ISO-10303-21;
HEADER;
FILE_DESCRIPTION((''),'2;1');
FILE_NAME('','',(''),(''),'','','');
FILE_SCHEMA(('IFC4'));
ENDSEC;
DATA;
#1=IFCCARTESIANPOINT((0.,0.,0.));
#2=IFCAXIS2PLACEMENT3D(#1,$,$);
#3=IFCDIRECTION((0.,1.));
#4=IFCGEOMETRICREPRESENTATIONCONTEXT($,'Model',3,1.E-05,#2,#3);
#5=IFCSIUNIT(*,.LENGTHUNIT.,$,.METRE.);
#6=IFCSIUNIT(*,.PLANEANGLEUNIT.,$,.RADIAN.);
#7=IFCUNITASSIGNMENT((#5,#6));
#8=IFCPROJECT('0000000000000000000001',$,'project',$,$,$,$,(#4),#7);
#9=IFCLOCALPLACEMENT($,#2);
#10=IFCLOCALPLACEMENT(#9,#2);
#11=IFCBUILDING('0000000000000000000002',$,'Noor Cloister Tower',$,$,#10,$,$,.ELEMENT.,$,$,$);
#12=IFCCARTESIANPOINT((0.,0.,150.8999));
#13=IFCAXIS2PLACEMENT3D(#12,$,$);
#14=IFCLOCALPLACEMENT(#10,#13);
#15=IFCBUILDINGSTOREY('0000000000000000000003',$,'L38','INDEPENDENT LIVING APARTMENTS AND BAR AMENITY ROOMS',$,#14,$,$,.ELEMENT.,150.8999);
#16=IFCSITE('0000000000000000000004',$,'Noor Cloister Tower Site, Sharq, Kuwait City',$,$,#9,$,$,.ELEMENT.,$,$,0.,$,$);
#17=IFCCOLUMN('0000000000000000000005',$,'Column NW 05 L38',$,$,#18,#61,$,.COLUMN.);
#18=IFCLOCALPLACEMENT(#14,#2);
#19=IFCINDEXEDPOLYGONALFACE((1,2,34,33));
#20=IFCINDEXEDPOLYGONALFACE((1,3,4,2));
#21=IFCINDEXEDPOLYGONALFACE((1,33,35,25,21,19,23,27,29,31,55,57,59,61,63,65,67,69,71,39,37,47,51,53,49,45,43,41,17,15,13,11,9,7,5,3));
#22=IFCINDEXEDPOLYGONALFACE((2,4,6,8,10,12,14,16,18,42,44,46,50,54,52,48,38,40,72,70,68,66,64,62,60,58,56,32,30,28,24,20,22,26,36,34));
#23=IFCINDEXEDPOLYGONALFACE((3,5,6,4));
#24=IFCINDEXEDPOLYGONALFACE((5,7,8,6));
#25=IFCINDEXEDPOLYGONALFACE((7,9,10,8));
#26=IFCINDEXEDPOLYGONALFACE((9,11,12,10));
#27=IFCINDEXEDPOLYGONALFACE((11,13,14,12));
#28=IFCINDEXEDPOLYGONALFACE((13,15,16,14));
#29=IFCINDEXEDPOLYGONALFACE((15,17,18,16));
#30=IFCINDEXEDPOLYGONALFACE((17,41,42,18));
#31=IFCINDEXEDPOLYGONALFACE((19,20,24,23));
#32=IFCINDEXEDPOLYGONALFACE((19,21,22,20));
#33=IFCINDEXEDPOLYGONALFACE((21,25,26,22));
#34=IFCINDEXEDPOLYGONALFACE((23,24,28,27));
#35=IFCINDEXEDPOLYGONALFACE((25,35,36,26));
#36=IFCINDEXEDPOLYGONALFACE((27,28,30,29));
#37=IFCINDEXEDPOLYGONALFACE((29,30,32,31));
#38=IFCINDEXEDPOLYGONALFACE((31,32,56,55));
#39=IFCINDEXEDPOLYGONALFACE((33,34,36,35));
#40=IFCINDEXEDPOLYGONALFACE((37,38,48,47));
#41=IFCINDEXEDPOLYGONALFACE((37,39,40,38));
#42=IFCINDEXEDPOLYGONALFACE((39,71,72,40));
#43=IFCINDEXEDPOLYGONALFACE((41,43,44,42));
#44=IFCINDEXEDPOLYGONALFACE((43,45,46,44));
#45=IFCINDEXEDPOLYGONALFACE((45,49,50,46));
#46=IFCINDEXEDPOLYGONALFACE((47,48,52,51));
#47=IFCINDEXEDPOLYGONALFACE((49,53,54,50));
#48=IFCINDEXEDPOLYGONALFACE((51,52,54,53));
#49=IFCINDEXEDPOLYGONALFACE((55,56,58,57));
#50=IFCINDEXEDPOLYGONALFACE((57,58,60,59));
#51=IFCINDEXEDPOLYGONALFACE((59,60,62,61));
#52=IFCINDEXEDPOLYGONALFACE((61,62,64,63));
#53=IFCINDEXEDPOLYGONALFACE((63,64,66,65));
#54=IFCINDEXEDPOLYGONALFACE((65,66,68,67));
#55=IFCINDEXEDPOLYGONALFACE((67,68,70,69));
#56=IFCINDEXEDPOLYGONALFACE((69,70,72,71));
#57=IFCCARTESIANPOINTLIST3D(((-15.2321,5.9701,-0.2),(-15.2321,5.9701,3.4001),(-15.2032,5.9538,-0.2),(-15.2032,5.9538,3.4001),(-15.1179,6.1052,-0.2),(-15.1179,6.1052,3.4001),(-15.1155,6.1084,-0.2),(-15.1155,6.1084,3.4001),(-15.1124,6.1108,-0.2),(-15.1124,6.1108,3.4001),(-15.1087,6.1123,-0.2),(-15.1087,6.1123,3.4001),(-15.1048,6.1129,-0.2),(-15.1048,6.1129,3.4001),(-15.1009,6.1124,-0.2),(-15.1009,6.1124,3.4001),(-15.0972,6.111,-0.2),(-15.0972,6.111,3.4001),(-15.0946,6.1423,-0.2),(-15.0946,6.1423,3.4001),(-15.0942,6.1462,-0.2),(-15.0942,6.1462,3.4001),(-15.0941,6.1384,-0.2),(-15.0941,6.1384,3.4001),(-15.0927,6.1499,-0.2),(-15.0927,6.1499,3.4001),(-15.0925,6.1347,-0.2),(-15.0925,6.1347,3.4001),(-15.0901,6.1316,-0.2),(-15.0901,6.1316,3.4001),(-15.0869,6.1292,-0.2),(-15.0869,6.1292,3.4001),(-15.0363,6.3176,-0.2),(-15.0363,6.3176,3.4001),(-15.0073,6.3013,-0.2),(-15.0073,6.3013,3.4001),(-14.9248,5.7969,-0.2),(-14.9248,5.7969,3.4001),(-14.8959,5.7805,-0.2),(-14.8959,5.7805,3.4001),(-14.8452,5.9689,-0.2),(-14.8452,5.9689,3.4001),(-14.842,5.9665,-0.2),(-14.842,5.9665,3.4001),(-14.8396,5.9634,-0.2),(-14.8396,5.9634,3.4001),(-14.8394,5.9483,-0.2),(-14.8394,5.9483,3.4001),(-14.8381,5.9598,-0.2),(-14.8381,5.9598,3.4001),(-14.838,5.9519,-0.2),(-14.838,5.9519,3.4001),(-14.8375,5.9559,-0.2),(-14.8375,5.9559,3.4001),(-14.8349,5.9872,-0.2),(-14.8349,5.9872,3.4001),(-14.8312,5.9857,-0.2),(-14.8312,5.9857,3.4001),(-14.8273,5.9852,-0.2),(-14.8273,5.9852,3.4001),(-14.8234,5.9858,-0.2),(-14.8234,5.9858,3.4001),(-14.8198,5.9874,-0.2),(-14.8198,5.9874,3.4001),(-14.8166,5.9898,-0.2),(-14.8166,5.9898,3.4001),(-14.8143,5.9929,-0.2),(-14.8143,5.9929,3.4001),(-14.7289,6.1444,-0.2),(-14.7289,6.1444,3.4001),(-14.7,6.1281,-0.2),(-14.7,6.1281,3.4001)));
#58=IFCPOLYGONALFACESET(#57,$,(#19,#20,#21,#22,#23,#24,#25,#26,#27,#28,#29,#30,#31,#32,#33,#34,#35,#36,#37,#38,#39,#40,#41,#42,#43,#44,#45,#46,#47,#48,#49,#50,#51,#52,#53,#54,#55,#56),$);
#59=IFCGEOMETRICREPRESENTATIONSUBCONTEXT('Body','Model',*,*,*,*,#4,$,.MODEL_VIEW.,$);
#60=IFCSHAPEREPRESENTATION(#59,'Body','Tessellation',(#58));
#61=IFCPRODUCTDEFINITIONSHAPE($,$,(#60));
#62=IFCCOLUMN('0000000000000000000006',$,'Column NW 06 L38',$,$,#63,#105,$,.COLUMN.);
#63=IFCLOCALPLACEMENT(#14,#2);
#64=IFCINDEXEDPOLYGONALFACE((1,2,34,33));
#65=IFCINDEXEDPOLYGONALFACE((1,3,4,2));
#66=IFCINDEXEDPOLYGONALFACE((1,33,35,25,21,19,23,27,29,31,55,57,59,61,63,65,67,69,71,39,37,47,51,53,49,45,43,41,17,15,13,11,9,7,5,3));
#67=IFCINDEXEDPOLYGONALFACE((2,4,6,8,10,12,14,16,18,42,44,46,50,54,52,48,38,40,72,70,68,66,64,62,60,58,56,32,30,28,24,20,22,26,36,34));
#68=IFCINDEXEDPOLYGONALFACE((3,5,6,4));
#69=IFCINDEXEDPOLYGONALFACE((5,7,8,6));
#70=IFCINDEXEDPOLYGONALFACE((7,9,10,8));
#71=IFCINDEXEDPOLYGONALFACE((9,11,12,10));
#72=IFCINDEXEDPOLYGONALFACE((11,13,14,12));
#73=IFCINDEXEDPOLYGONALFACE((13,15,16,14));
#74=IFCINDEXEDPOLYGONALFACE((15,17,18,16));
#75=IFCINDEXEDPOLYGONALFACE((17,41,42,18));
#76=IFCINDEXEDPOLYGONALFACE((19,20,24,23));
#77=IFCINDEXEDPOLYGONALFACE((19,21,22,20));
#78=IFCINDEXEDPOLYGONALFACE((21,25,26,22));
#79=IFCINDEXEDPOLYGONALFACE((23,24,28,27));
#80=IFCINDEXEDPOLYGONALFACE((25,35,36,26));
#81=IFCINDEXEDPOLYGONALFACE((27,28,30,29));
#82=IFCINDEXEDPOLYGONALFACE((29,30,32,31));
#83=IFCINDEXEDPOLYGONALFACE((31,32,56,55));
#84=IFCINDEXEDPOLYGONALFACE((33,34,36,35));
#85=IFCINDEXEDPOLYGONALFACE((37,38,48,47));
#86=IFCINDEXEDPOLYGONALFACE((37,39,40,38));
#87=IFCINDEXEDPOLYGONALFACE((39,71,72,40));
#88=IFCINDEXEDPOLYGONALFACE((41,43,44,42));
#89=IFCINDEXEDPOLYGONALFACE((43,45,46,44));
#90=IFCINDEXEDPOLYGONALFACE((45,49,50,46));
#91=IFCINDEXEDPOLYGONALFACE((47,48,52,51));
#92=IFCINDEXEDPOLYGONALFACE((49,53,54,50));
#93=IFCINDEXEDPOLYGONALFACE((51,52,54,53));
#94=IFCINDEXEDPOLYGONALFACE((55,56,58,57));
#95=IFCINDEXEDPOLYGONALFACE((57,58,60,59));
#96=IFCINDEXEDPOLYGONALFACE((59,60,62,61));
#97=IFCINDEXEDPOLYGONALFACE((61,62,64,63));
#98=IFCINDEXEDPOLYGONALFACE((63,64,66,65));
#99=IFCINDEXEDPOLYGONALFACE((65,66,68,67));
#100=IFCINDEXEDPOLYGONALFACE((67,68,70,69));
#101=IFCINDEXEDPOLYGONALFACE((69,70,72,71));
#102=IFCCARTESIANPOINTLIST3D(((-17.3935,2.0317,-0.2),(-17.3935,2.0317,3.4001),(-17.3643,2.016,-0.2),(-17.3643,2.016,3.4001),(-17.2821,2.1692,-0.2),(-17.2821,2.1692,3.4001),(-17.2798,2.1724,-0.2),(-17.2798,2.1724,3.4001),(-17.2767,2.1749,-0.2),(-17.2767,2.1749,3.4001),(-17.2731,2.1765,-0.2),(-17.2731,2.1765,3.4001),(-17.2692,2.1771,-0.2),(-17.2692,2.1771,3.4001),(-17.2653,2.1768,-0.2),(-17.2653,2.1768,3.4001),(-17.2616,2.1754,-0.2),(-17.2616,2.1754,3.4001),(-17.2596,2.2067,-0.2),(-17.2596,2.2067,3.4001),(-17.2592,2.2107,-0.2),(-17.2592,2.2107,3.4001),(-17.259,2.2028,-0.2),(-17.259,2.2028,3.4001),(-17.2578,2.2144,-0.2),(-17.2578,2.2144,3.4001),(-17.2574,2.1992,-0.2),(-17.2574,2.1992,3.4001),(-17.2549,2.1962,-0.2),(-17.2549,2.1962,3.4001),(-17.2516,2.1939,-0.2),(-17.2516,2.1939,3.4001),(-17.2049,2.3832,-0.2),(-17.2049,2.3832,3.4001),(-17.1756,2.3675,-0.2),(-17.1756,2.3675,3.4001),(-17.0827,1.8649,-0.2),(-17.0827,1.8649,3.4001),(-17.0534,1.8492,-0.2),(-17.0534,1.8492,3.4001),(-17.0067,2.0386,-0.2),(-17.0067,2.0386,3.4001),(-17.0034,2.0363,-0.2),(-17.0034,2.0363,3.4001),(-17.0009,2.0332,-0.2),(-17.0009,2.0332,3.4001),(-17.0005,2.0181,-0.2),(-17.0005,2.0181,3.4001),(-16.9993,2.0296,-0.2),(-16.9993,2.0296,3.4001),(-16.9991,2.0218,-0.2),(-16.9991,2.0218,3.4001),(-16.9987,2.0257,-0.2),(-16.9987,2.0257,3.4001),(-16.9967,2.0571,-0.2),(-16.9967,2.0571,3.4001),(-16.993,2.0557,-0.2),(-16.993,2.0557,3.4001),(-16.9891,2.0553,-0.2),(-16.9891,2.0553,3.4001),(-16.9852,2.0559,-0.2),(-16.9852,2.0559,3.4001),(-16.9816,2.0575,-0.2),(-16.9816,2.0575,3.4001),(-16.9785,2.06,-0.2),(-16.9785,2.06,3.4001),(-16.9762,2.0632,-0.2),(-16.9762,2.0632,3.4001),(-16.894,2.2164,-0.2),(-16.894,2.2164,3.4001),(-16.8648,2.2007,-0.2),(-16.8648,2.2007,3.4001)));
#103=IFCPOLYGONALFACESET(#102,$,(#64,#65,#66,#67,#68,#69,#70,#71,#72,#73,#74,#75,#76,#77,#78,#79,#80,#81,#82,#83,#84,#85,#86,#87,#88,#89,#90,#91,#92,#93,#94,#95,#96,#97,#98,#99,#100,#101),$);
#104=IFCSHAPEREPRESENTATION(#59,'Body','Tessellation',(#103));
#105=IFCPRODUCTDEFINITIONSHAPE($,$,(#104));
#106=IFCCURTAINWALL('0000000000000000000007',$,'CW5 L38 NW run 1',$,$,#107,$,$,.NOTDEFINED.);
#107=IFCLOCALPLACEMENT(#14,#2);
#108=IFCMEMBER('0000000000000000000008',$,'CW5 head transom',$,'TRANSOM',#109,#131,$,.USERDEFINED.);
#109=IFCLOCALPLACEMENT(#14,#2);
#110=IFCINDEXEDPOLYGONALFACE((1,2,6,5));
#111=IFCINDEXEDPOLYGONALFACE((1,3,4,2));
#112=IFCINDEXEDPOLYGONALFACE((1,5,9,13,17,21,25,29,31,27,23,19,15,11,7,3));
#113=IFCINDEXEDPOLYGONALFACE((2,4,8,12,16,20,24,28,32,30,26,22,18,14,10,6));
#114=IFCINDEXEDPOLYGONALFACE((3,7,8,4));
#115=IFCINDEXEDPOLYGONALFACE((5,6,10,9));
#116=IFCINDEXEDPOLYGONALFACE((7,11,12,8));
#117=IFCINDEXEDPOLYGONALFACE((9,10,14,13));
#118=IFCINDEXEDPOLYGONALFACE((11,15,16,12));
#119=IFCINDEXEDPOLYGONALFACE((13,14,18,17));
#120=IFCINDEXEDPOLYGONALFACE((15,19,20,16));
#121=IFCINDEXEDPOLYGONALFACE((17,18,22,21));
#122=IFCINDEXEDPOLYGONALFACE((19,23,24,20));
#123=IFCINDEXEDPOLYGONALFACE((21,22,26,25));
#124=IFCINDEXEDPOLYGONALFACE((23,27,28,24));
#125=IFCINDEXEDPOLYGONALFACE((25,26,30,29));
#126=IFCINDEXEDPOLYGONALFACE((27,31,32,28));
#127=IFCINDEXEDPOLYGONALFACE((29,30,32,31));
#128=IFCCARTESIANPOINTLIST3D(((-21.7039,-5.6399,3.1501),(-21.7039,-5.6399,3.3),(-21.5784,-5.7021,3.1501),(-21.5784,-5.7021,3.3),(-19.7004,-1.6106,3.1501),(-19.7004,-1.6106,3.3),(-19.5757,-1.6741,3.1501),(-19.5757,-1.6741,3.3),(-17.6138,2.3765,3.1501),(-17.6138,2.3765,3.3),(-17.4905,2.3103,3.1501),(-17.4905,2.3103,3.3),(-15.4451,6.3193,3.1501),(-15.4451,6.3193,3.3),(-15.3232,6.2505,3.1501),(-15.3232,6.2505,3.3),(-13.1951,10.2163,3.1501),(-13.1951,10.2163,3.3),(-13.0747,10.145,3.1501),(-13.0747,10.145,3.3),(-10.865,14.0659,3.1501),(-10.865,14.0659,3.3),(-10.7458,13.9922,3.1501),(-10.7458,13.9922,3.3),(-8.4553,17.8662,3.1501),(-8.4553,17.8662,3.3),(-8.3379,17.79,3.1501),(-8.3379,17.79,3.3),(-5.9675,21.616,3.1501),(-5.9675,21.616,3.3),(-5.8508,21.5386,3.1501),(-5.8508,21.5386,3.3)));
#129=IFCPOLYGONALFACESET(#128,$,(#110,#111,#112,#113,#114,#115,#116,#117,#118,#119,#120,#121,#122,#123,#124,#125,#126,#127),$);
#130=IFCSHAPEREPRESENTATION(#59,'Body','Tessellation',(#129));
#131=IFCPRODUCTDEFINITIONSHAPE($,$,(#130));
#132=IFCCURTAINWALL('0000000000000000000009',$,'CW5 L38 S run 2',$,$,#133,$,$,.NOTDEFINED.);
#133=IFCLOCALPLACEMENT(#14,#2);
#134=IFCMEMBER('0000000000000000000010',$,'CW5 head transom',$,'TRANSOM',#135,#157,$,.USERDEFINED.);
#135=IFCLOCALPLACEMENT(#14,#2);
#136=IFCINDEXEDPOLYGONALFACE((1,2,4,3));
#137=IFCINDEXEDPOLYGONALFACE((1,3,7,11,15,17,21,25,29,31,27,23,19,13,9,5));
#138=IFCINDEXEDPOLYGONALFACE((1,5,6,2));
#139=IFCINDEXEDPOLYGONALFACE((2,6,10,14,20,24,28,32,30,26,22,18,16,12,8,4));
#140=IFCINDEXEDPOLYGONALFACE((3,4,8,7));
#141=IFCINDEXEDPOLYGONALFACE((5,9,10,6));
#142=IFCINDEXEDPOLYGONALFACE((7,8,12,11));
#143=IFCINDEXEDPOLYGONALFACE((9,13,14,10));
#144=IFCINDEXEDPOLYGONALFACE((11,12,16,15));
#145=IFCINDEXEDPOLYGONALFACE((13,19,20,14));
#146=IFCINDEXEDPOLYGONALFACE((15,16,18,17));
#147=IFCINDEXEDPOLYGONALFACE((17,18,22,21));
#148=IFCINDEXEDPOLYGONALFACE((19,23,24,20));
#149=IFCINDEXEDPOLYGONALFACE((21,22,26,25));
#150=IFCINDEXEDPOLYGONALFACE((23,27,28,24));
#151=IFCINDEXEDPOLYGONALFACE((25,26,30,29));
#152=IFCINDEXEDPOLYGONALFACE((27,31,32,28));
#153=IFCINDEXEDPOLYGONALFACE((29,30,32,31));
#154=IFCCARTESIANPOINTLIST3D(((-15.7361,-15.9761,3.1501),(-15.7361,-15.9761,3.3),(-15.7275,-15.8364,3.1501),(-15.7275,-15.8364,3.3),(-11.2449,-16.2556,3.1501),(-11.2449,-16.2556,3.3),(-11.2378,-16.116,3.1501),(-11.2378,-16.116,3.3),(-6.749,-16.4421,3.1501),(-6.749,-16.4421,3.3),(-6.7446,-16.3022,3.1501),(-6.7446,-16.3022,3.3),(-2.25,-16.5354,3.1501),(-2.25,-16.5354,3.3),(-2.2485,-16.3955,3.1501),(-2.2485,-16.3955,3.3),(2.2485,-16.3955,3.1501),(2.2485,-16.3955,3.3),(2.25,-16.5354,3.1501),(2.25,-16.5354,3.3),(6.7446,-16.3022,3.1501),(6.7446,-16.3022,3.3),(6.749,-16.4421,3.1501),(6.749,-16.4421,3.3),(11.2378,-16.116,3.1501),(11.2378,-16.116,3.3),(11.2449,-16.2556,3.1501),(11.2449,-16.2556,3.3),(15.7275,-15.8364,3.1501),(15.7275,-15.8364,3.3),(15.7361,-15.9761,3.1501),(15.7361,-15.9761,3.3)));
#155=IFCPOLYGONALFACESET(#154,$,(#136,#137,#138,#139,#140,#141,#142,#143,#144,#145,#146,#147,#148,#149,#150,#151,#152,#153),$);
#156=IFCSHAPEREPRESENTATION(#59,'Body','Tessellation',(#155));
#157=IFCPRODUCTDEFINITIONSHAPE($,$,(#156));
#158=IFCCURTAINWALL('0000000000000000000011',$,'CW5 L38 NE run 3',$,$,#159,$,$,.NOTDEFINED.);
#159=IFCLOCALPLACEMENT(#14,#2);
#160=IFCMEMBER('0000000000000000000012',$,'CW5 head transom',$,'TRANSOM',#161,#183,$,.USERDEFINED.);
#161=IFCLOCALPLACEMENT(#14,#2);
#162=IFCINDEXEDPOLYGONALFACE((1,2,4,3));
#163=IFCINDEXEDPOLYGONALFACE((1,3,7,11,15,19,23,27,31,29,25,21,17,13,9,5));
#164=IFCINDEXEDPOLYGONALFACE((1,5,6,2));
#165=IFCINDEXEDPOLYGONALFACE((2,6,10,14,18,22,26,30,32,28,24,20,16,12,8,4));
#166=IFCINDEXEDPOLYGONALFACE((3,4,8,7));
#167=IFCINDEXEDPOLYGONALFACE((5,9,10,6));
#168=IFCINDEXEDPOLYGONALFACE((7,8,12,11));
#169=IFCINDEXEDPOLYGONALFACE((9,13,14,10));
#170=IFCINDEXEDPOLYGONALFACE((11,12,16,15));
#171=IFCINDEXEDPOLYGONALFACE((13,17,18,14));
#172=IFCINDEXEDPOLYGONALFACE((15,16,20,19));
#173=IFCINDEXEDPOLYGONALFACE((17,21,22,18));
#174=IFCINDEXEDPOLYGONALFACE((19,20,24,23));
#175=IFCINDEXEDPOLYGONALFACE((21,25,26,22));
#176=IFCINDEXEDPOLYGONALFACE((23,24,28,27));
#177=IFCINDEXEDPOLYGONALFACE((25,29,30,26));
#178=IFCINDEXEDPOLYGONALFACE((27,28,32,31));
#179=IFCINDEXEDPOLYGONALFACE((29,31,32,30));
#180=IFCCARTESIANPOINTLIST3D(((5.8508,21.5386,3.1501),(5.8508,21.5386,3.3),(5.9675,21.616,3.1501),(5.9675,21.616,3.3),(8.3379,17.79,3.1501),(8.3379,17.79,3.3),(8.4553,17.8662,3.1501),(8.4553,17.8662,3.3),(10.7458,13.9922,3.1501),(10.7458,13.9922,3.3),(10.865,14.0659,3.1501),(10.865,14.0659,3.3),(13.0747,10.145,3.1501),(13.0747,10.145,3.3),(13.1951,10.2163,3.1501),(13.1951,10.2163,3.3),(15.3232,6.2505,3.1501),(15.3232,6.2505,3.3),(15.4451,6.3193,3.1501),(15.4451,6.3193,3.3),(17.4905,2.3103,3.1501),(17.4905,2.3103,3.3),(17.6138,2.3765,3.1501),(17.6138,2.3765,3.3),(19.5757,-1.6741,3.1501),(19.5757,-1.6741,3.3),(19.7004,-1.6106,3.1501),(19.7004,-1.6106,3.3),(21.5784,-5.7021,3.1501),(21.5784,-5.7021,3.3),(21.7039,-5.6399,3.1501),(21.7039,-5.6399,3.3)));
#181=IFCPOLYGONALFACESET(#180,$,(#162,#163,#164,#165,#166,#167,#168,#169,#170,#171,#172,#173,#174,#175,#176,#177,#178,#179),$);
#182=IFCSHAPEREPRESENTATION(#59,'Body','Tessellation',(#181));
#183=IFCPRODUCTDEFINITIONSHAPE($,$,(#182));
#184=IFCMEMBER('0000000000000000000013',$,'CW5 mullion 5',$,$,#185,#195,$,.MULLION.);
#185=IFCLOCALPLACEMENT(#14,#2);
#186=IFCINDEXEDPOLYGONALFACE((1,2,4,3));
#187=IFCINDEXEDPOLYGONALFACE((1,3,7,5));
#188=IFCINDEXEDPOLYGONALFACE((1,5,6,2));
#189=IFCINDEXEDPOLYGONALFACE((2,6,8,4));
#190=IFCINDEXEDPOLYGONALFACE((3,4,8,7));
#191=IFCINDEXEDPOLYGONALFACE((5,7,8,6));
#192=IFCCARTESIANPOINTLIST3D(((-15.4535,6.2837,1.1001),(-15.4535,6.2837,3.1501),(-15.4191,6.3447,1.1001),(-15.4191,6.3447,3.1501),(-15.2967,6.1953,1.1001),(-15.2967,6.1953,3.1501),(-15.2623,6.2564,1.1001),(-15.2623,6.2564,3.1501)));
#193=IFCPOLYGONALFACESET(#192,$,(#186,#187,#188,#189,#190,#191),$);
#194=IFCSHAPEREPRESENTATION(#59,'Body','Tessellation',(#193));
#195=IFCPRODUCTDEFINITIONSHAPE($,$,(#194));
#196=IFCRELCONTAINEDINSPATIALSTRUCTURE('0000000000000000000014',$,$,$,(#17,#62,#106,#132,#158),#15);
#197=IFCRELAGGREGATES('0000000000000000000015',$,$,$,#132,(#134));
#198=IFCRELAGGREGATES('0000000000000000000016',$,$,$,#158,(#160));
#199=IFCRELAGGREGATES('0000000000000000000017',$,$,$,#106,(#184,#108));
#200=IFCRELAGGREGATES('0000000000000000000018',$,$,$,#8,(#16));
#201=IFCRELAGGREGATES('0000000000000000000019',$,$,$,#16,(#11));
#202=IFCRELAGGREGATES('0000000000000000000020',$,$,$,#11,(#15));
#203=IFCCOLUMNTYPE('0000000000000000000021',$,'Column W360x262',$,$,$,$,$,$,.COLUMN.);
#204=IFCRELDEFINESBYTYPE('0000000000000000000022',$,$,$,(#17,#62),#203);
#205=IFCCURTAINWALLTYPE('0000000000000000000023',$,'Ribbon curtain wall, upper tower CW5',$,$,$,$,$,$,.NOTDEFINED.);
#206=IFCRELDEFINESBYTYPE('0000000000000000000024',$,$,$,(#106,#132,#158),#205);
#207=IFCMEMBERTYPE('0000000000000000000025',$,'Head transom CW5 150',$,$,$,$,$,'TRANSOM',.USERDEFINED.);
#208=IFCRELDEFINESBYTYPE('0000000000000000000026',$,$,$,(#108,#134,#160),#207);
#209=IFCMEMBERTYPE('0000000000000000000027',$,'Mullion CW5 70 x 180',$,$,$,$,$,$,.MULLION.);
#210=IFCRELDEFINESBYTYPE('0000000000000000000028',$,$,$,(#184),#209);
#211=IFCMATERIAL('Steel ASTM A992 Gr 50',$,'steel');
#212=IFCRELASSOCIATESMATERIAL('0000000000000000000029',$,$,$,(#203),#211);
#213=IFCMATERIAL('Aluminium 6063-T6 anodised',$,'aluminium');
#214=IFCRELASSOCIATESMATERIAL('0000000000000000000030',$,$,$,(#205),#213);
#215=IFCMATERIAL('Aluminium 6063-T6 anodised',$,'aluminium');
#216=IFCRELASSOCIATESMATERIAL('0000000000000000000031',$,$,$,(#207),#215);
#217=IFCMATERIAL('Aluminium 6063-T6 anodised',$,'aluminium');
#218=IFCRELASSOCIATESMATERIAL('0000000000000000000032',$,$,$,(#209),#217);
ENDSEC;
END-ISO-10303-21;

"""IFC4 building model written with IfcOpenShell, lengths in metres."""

from ifc_helpers import new_model, si_unit, direction, frame, origin, origin_2d, place, context, subcontext, project, spatial, polyline, rectangle, i_section, outline, extrude, material, material_profile, profile_set, type_object, element, aggregate, save


model = new_model("IFC4")

# Units and contexts
model_context = context("Model", 3, precision=1e-05, world=origin(), true_north=direction((0.0, 1.0)))
body_context = subcontext(model_context, "Body", "Model", "MODEL_VIEW")
ifc_project = project(units=[si_unit("LENGTHUNIT", "METRE"), si_unit("PLANEANGLEUNIT", "RADIAN")], contexts=[model_context])

# Site, building, storey
site_placement = place(None, origin())
site = spatial("IfcSite", under=ifc_project, at=site_placement, Name="Noor Cloister Tower Site, Sharq, Kuwait City", CompositionType="ELEMENT", RefElevation=0.0)
building_placement = place(site_placement, origin())
building = spatial("IfcBuilding", under=site, at=building_placement, Name="Noor Cloister Tower", CompositionType="ELEMENT")
storey_placement = place(building_placement, frame((0.0, 0.0, 150.8999)))
storey = spatial("IfcBuildingStorey", under=building, at=storey_placement, Name="L38", Description="INDEPENDENT LIVING APARTMENTS AND BAR AMENITY ROOMS", CompositionType="ELEMENT", Elevation=150.8999)

# Columns
ifc_material_1 = material(Name="Steel ASTM A992 Gr 50", Category="steel")
ifc_material_profile_1 = material_profile(ifc_material_1, i_section(OverallWidth=0.3989, OverallDepth=0.386, WebThickness=0.021, FlangeThickness=0.0332, FilletRadius=0.0151, at=origin_2d()), Name="W360x262")
ifc_profile_set_1 = profile_set([ifc_material_profile_1], Name="Steel ASTM A992 Gr 50")
column_type = type_object("IfcColumnType", Name="Column W360x262", PredefinedType="COLUMN", material=ifc_profile_set_1)
for number, where, z_axis, x_axis, name in (
    (1, (-14.9661, 6.0491, -0.2), (0.0, 0.0, 1.0), (-0.490998, -0.871161, 0.0), "Column NW 05 L38"),
    (2, (-17.1292, 2.1162, -0.2), (0.0, 0.0, 1.0), (-0.472835, -0.881151, 0.0), "Column NW 06 L38"),
):
    element("IfcColumn", number, at=place(storey_placement, frame(where, z_axis=z_axis, x_axis=x_axis)), inside=storey, type_object=column_type, Name=name, PredefinedType="COLUMN", context=body_context, shape_type="SweptSolid", body=[
        extrude(i_section(OverallWidth=0.3989, OverallDepth=0.386, WebThickness=0.021, FlangeThickness=0.0332, FilletRadius=0.0151, at=origin_2d()), origin(), (0.0, 0.0, 1.0), 3.6001),
    ])

# Curtain walls, members
ifc_material_2 = material(Name="Aluminium 6063-T6 anodised", Category="aluminium")
curtain_wall_type = type_object("IfcCurtainWallType", Name="Ribbon curtain wall, upper tower CW5", PredefinedType="NOTDEFINED", material=ifc_material_2)
curtain_wall_1_placement = place(storey_placement, origin())
curtain_wall_1 = element("IfcCurtainWall", 3, at=curtain_wall_1_placement, inside=storey, type_object=curtain_wall_type, Name="CW5 L38 NW run 1", PredefinedType="NOTDEFINED")
ifc_material_3 = material(Name="Aluminium 6063-T6 anodised", Category="aluminium")
member_type_1 = type_object("IfcMemberType", Name="Head transom CW5 150", ElementType="TRANSOM", PredefinedType="USERDEFINED", material=ifc_material_3)
member_1_placement = place(storey_placement, frame((0.0, 0.0, 3.1501)))
member_1 = element("IfcMember", 4, at=member_1_placement, type_object=member_type_1, Name="CW5 head transom", ObjectType="TRANSOM", PredefinedType="USERDEFINED", context=body_context, shape_type="SweptSolid", body=[
    extrude(outline(polyline([(-5.9675, 21.616), (-8.4553, 17.8662), (-10.865, 14.0659), (-13.1951, 10.2163), (-15.4451, 6.3193), (-17.6138, 2.3765), (-19.7004, -1.6106), (-21.7039, -5.6399), (-21.5784, -5.7021), (-19.5757, -1.6741), (-17.4905, 2.3103), (-15.3232, 6.2505), (-13.0747, 10.145), (-10.7458, 13.9922), (-8.3379, 17.79), (-5.8508, 21.5386), (-5.9675, 21.616)])), origin(), (0.0, 0.0, 1.0), 0.1499),
])
curtain_wall_2_placement = place(storey_placement, origin())
curtain_wall_2 = element("IfcCurtainWall", 5, at=curtain_wall_2_placement, inside=storey, type_object=curtain_wall_type, Name="CW5 L38 S run 2", PredefinedType="NOTDEFINED")
member_2_placement = place(storey_placement, frame((0.0, 0.0, 3.1501)))
member_2 = element("IfcMember", 6, at=member_2_placement, type_object=member_type_1, Name="CW5 head transom", ObjectType="TRANSOM", PredefinedType="USERDEFINED", context=body_context, shape_type="SweptSolid", body=[
    extrude(outline(polyline([(-15.7361, -15.9761), (-11.2449, -16.2556), (-6.749, -16.4421), (-2.25, -16.5354), (2.25, -16.5354), (6.749, -16.4421), (11.2449, -16.2556), (15.7361, -15.9761), (15.7275, -15.8364), (11.2378, -16.116), (6.7446, -16.3022), (2.2485, -16.3955), (-2.2485, -16.3955), (-6.7446, -16.3022), (-11.2378, -16.116), (-15.7275, -15.8364), (-15.7361, -15.9761)])), origin(), (0.0, 0.0, 1.0), 0.1499),
])
curtain_wall_3_placement = place(storey_placement, origin())
curtain_wall_3 = element("IfcCurtainWall", 7, at=curtain_wall_3_placement, inside=storey, type_object=curtain_wall_type, Name="CW5 L38 NE run 3", PredefinedType="NOTDEFINED")
member_3_placement = place(storey_placement, frame((0.0, 0.0, 3.1501)))
member_3 = element("IfcMember", 8, at=member_3_placement, type_object=member_type_1, Name="CW5 head transom", ObjectType="TRANSOM", PredefinedType="USERDEFINED", context=body_context, shape_type="SweptSolid", body=[
    extrude(outline(polyline([(21.7039, -5.6399), (19.7004, -1.6106), (17.6138, 2.3765), (15.4451, 6.3193), (13.1951, 10.2163), (10.865, 14.0659), (8.4553, 17.8662), (5.9675, 21.616), (5.8508, 21.5386), (8.3379, 17.79), (10.7458, 13.9922), (13.0747, 10.145), (15.3232, 6.2505), (17.4905, 2.3103), (19.5757, -1.6741), (21.5784, -5.7021), (21.7039, -5.6399)])), origin(), (0.0, 0.0, 1.0), 0.1499),
])

# Member
ifc_material_4 = material(Name="Aluminium 6063-T6 anodised", Category="aluminium")
ifc_material_profile_2 = material_profile(ifc_material_4, rectangle(XDim=0.1799, YDim=0.0701, at=origin_2d()), Name="180 x 70 mullion")
ifc_profile_set_2 = profile_set([ifc_material_profile_2], Name="Aluminium 6063-T6 anodised")
member_type_2 = type_object("IfcMemberType", Name="Mullion CW5 70 x 180", PredefinedType="MULLION", material=ifc_profile_set_2)
member_4_placement = place(storey_placement, frame((-15.3579, 6.27, 1.1001), z_axis=(0.0, 0.0, 1.0), x_axis=(0.871161, -0.490998, 0.0)))
member_4 = element("IfcMember", 9, at=member_4_placement, type_object=member_type_2, Name="CW5 mullion 5", PredefinedType="MULLION", context=body_context, shape_type="SweptSolid", body=[
    extrude(rectangle(XDim=0.1799, YDim=0.0701, at=origin_2d()), origin(), (0.0, 0.0, 1.0), 2.05),
])

aggregate(curtain_wall_2, [member_2])
aggregate(curtain_wall_3, [member_3])

aggregate(curtain_wall_1, [member_4, member_1])

save(model, "model.ifc")
